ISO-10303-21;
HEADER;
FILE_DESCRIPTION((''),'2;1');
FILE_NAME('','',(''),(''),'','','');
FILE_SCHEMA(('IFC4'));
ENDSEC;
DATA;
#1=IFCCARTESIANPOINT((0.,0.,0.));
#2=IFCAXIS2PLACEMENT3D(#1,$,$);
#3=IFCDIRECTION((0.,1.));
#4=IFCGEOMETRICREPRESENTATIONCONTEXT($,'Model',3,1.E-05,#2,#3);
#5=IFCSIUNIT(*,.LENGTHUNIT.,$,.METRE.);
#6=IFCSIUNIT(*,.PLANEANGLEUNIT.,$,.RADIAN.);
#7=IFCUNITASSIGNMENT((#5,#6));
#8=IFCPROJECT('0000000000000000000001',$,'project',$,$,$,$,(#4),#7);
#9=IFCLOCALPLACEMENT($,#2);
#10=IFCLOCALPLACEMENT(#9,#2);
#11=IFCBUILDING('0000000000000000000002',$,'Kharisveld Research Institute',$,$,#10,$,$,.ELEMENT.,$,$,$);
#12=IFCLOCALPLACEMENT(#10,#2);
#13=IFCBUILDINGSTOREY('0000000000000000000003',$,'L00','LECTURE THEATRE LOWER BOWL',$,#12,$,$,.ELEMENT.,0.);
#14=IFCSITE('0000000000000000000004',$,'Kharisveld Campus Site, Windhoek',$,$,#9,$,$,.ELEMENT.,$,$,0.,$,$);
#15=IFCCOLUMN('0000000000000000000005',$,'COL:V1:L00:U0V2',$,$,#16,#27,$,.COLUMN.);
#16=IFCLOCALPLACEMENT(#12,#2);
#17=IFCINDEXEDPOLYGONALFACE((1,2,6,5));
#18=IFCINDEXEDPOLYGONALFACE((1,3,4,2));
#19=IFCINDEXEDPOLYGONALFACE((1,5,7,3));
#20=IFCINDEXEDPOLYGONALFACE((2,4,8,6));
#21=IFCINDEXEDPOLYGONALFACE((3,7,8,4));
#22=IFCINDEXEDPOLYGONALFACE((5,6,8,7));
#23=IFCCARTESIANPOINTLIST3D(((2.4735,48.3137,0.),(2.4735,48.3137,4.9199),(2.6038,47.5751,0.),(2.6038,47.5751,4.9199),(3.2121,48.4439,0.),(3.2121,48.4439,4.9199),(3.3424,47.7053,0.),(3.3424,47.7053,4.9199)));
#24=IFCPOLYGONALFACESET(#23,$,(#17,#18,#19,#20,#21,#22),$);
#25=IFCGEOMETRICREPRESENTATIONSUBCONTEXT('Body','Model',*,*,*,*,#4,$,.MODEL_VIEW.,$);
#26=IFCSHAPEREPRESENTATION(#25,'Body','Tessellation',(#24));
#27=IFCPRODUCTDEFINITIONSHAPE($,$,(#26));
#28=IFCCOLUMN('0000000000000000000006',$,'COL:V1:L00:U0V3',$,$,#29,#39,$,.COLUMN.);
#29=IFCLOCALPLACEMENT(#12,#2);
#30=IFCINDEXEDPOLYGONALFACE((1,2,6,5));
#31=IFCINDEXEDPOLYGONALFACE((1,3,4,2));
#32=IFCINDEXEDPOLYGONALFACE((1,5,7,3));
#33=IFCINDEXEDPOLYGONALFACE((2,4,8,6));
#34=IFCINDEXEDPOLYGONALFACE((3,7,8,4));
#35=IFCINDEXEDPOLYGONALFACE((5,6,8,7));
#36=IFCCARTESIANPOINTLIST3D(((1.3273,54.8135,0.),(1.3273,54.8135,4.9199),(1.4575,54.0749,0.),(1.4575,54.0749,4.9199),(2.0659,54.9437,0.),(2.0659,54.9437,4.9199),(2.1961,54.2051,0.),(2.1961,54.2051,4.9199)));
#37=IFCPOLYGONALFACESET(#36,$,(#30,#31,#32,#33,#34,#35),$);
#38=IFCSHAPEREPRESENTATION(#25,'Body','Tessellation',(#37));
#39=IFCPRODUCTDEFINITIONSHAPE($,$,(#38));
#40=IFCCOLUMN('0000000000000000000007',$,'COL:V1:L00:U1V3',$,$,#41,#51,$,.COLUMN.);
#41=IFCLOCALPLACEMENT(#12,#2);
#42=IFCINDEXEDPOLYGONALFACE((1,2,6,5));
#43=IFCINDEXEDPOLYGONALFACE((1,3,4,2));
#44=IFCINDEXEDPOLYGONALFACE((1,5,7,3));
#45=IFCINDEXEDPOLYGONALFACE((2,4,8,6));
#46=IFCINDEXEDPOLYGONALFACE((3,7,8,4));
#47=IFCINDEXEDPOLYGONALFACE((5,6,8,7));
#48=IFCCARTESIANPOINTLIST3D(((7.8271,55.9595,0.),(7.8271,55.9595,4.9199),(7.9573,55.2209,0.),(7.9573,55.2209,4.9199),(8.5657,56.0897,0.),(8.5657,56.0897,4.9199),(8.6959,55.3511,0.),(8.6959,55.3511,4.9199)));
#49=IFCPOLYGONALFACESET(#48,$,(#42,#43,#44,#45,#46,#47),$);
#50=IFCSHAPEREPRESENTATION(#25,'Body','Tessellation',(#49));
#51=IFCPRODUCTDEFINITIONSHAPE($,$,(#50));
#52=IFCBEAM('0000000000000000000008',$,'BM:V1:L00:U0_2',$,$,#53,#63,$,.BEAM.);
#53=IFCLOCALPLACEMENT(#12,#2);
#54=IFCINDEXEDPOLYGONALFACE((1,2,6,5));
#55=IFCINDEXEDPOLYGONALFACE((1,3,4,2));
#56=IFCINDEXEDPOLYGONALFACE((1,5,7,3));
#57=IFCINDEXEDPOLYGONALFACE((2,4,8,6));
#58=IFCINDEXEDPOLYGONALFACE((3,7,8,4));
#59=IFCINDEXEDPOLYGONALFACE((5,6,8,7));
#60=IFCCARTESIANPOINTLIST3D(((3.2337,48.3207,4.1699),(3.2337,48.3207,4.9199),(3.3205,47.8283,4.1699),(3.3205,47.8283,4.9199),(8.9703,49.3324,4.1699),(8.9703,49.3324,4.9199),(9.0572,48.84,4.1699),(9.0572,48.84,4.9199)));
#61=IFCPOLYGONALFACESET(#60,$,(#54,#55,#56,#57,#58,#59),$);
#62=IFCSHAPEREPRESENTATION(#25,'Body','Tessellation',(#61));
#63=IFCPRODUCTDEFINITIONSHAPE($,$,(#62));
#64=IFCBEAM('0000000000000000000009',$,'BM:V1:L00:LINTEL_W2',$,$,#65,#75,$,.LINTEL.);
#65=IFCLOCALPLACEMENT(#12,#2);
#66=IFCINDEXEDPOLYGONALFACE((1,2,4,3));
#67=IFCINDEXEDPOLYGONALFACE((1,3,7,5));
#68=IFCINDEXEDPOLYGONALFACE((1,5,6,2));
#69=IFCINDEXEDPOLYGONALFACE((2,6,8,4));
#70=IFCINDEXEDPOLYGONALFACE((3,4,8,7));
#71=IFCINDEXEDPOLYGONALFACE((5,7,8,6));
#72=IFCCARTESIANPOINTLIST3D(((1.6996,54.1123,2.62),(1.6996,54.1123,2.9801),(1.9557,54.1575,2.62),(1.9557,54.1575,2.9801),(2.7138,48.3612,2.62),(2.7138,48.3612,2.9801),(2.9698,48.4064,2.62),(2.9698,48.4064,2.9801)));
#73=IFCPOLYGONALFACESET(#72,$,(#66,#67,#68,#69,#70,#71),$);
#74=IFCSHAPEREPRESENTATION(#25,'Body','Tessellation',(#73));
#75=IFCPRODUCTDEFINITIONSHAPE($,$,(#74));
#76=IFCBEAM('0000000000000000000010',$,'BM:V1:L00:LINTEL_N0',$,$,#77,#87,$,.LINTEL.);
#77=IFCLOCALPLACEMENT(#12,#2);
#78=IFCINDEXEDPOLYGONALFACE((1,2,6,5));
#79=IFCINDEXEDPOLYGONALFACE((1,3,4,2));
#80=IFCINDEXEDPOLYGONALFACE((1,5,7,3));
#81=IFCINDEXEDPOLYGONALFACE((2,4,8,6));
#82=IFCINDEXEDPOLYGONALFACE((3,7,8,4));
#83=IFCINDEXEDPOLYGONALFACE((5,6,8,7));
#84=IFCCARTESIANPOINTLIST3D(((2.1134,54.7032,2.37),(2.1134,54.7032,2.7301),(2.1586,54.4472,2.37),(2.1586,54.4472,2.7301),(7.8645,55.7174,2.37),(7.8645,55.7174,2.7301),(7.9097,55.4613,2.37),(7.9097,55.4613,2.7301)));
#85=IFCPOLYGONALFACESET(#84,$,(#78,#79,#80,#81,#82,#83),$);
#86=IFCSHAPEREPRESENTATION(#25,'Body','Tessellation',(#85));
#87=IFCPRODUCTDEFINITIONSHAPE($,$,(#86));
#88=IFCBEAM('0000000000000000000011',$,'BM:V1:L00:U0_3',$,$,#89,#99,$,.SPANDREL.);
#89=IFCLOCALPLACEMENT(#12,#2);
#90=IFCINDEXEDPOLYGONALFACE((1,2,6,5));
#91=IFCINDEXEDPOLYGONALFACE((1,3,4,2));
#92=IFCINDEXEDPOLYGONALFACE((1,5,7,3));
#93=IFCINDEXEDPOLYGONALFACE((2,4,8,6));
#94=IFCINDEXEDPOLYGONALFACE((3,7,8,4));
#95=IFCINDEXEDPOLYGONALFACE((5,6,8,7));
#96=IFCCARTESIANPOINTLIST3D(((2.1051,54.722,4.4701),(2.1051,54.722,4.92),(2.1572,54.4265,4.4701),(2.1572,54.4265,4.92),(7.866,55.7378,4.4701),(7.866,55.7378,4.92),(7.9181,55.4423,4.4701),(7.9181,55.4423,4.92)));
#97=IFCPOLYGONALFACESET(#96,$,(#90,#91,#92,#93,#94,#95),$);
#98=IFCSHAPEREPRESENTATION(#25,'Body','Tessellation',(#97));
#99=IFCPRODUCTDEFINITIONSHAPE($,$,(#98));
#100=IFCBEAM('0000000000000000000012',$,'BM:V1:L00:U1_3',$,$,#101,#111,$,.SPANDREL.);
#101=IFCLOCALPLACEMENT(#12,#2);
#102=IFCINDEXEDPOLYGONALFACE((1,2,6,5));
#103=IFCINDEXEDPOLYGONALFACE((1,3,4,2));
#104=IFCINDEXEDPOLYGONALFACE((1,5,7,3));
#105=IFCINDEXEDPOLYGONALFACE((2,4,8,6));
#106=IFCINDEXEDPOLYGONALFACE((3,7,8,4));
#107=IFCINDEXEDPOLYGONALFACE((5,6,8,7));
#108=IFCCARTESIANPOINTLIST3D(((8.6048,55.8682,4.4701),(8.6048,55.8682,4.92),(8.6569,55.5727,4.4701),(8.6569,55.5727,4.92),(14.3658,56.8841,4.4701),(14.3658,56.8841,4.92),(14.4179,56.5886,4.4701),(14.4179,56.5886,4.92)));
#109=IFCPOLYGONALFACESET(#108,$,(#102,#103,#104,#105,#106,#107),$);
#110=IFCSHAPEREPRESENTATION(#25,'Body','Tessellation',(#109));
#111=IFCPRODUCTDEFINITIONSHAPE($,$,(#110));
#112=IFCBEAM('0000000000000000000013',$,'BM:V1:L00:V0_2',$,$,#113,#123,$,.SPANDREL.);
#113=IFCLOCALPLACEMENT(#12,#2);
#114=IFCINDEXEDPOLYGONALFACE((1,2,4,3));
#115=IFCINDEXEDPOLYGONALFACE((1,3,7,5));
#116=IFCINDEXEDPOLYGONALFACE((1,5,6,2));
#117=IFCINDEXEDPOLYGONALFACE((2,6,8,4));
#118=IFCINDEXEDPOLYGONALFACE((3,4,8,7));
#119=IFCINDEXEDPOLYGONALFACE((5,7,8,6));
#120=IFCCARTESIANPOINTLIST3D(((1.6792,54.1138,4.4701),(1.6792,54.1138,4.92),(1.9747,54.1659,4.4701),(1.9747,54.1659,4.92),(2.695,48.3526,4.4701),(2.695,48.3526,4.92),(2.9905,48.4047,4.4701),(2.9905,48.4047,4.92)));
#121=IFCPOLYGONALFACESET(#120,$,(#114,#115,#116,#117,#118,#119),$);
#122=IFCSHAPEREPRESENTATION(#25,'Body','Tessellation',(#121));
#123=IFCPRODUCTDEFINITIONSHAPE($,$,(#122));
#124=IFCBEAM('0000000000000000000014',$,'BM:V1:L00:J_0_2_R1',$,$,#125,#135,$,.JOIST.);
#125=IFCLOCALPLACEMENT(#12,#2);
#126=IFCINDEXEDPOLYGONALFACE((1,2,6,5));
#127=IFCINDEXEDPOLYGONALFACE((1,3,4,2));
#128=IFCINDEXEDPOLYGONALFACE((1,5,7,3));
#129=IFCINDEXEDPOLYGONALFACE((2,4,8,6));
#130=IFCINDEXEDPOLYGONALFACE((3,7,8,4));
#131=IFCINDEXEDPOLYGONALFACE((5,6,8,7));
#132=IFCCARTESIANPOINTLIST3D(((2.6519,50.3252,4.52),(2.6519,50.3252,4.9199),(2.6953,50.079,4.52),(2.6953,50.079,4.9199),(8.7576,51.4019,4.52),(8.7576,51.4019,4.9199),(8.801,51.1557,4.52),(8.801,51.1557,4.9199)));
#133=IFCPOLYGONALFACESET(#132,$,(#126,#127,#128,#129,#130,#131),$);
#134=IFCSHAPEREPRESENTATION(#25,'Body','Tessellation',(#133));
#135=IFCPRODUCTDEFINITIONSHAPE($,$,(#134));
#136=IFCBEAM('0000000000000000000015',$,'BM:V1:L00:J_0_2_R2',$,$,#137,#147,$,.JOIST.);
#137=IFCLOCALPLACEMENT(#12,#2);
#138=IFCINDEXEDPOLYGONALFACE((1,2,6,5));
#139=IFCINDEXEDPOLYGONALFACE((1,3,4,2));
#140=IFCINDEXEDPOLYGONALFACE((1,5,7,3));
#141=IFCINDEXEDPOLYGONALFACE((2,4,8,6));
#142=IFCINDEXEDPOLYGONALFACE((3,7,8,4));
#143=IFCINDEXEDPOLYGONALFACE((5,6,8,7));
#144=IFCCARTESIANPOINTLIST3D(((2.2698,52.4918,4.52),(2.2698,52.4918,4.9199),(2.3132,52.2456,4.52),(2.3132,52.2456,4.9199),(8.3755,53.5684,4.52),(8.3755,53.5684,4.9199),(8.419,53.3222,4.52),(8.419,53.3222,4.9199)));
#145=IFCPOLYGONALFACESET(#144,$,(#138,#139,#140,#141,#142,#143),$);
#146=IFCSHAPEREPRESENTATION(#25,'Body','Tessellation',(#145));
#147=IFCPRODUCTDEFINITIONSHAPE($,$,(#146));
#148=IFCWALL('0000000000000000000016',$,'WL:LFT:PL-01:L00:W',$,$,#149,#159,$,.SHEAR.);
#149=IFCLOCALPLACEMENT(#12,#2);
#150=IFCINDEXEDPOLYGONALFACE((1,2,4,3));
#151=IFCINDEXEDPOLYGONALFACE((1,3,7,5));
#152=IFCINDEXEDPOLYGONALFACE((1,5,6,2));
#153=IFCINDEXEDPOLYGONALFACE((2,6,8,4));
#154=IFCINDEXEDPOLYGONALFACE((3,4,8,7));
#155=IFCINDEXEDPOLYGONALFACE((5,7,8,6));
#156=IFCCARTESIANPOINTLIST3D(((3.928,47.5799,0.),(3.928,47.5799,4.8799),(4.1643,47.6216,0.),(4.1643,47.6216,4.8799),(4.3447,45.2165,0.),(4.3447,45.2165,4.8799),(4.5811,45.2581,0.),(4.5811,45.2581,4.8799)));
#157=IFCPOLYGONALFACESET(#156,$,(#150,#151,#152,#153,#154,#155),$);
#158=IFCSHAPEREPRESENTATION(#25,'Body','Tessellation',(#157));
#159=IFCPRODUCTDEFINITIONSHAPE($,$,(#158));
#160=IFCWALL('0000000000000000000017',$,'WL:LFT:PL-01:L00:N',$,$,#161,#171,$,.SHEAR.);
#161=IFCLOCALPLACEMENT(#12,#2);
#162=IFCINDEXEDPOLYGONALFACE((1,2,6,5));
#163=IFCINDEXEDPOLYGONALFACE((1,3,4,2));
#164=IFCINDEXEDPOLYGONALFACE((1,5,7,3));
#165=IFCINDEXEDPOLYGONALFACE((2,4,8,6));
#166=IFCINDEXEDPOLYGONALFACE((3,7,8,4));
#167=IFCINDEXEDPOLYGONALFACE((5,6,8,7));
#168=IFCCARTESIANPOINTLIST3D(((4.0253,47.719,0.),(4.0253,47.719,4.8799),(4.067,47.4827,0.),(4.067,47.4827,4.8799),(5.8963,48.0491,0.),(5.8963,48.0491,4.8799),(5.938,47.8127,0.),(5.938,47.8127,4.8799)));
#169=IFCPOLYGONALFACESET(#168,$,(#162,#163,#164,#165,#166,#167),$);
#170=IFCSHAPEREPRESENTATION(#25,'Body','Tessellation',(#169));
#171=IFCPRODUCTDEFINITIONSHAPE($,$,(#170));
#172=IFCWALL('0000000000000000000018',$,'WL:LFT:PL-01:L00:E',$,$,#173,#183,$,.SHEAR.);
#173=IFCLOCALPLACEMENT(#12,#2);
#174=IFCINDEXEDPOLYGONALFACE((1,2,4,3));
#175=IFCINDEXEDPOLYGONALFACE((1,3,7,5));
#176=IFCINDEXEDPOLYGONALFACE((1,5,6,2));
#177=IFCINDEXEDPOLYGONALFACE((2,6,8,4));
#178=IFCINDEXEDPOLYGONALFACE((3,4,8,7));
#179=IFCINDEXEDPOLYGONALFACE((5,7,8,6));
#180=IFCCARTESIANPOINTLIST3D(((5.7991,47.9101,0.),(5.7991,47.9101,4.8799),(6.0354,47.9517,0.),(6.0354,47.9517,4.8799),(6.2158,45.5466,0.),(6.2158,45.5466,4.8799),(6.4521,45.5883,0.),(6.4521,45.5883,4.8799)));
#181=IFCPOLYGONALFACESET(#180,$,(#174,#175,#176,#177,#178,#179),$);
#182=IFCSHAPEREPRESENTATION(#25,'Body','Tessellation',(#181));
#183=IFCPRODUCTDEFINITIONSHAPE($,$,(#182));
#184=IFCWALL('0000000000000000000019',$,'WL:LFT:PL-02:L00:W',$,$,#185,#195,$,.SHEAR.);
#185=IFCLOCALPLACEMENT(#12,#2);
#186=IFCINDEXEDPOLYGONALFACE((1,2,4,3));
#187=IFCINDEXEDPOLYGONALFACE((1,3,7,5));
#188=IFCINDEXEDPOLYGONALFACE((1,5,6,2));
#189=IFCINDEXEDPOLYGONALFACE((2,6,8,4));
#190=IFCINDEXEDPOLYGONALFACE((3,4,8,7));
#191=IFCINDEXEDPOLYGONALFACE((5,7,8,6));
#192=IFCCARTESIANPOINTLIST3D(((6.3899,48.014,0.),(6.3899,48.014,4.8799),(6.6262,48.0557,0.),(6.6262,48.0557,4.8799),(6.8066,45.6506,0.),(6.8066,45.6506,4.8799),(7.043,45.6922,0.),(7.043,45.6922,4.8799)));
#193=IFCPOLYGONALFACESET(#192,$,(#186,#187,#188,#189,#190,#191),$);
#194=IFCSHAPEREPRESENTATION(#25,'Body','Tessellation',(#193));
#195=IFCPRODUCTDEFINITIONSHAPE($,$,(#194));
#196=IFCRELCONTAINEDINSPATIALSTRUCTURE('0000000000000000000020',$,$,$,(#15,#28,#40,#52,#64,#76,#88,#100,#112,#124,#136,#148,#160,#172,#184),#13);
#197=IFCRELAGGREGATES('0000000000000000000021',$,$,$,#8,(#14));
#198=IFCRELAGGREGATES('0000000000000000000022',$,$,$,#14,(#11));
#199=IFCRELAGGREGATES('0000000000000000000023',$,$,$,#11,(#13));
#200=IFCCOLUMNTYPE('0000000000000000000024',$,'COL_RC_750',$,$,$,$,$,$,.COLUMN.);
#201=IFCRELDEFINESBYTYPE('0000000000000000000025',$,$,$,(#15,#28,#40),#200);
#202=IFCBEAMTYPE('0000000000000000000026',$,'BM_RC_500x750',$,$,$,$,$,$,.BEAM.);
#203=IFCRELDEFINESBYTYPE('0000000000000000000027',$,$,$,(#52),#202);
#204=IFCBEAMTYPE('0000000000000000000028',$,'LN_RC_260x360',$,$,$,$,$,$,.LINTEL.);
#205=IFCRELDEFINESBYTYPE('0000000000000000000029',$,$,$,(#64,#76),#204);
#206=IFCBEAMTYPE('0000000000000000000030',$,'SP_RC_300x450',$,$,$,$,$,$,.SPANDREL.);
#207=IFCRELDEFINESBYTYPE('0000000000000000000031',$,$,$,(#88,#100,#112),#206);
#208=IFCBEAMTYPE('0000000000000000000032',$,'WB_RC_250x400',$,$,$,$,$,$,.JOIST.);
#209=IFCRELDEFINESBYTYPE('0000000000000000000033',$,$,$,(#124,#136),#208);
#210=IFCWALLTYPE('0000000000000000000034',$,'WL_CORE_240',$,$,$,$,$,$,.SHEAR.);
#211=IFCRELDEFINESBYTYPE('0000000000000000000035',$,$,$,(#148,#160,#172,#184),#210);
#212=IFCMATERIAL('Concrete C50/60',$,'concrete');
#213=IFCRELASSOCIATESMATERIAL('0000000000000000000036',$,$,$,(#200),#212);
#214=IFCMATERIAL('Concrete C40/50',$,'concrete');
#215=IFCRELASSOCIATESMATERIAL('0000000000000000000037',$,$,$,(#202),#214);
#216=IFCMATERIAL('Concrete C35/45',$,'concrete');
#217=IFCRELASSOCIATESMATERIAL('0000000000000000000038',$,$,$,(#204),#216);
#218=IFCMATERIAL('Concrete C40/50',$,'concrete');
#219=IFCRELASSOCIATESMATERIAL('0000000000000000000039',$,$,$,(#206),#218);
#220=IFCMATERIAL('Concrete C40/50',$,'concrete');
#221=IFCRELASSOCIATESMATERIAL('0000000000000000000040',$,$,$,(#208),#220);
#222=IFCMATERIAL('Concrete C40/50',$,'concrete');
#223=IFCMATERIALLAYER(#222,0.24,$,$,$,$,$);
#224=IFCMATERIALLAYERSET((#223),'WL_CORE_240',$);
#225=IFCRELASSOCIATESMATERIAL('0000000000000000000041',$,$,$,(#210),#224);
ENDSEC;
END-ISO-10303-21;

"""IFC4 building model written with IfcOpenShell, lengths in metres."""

from ifc_helpers import new_model, si_unit, direction, frame, frame_2d, origin, origin_2d, place, context, subcontext, project, spatial, rectangle, extrude, material, layer, layer_set, material_profile, profile_set, type_object, element, save


model = new_model("IFC4")

# Units and contexts
model_context = context("Model", 3, precision=1e-05, world=origin(), true_north=direction((0.0, 1.0)))
body_context = subcontext(model_context, "Body", "Model", "MODEL_VIEW")
ifc_project = project(units=[si_unit("LENGTHUNIT", "METRE"), si_unit("PLANEANGLEUNIT", "RADIAN")], contexts=[model_context])

# Site, building, storey
site_placement = place(None, origin())
site = spatial("IfcSite", under=ifc_project, at=site_placement, Name="Kharisveld Campus Site, Windhoek", CompositionType="ELEMENT", RefElevation=0.0)
building_placement = place(site_placement, origin())
building = spatial("IfcBuilding", under=site, at=building_placement, Name="Kharisveld Research Institute", CompositionType="ELEMENT")
storey_placement = place(building_placement, origin())
storey = spatial("IfcBuildingStorey", under=building, at=storey_placement, Name="L00", Description="LECTURE THEATRE LOWER BOWL", CompositionType="ELEMENT", Elevation=0.0)

# Columns
ifc_material_1 = material(Name="Concrete C50/60", Category="concrete")
ifc_material_profile_1 = material_profile(ifc_material_1, rectangle(XDim=0.75, YDim=0.75, at=origin_2d()))
ifc_profile_set_1 = profile_set([ifc_material_profile_1], Name="Concrete C50/60")
column_type = type_object("IfcColumnType", Name="COL_RC_750", PredefinedType="COLUMN", material=ifc_profile_set_1)
for number, where, z_axis, x_axis, name in (
    (1, (2.908, 48.0095, 0.0), (0.0, 0.0, 1.0), (0.984808, 0.173648, 0.0), "COL:V1:L00:U0V2"),
    (2, (1.7617, 54.5093, 0.0), (0.0, 0.0, 1.0), (0.984808, 0.173648, 0.0), "COL:V1:L00:U0V3"),
    (3, (8.2615, 55.6553, 0.0), (0.0, 0.0, 1.0), (0.984808, 0.173648, 0.0), "COL:V1:L00:U1V3"),
):
    element("IfcColumn", number, at=place(storey_placement, frame(where, z_axis=z_axis, x_axis=x_axis)), inside=storey, type_object=column_type, Name=name, PredefinedType="COLUMN", context=body_context, shape_type="SweptSolid", body=[
        extrude(rectangle(XDim=0.75, YDim=0.75, at=origin_2d()), origin(), (0.0, 0.0, 1.0), 4.9199),
    ])

# Beams
ifc_material_2 = material(Name="Concrete C40/50", Category="concrete")
ifc_material_profile_2 = material_profile(ifc_material_2, rectangle(XDim=0.5, YDim=0.75, at=origin_2d()))
ifc_profile_set_2 = profile_set([ifc_material_profile_2], Name="Concrete C40/50")
beam_type_1 = type_object("IfcBeamType", Name="BM_RC_500x750", PredefinedType="BEAM", material=ifc_profile_set_2)
beam_1_placement = place(storey_placement, frame((3.2771, 48.0745, 4.5449), z_axis=(0.984802, 0.173683, 0.0), x_axis=(-0.173683, 0.984802, 0.0)))
element("IfcBeam", 4, at=beam_1_placement, inside=storey, type_object=beam_type_1, Name="BM:V1:L00:U0_2", PredefinedType="BEAM", context=body_context, shape_type="SweptSolid", body=[
    extrude(rectangle(XDim=0.5, YDim=0.75, at=origin_2d()), origin(), (0.0, 0.0, 1.0), 5.8252),
])
ifc_material_3 = material(Name="Concrete C35/45", Category="concrete")
ifc_material_profile_3 = material_profile(ifc_material_3, rectangle(XDim=0.26, YDim=0.3601, at=origin_2d()))
ifc_profile_set_3 = profile_set([ifc_material_profile_3], Name="Concrete C35/45")
beam_type_2 = type_object("IfcBeamType", Name="LN_RC_260x360", PredefinedType="LINTEL", material=ifc_profile_set_3)
for number, where, z_axis, x_axis, name in (
    (5, (2.8418, 48.3838, 2.8), (-0.173659, 0.984806, 0.0), (-0.984806, -0.173659, 0.0), "BM:V1:L00:LINTEL_W2"),
    (6, (2.136, 54.5752, 2.55), (0.984806, 0.173659, 0.0), (-0.173659, 0.984806, 0.0), "BM:V1:L00:LINTEL_N0"),
):
    element("IfcBeam", number, at=place(storey_placement, frame(where, z_axis=z_axis, x_axis=x_axis)), inside=storey, type_object=beam_type_2, Name=name, PredefinedType="LINTEL", context=body_context, shape_type="SweptSolid", body=[
        extrude(rectangle(XDim=0.26, YDim=0.3601, at=origin_2d()), origin(), (0.0, 0.0, 1.0), 5.8398),
    ])
ifc_material_4 = material(Name="Concrete C40/50", Category="concrete")
ifc_material_profile_4 = material_profile(ifc_material_4, rectangle(XDim=0.3, YDim=0.45, at=origin_2d()))
ifc_profile_set_4 = profile_set([ifc_material_profile_4], Name="Concrete C40/50")
beam_type_3 = type_object("IfcBeamType", Name="SP_RC_300x450", PredefinedType="SPANDREL", material=ifc_profile_set_4)
for number, where, z_axis, x_axis, name in (
    (7, (2.1311, 54.5742, 4.6951), (0.984806, 0.173657, 0.0), (-0.173657, 0.984806, 0.0), "BM:V1:L00:U0_3"),
    (8, (8.6309, 55.7205, 4.6951), (0.984806, 0.173657, 0.0), (-0.173657, 0.984806, 0.0), "BM:V1:L00:U1_3"),
):
    element("IfcBeam", number, at=place(storey_placement, frame(where, z_axis=z_axis, x_axis=x_axis)), inside=storey, type_object=beam_type_3, Name=name, PredefinedType="SPANDREL", context=body_context, shape_type="SweptSolid", body=[
        extrude(rectangle(XDim=0.3, YDim=0.45, at=origin_2d()), origin(), (0.0, 0.0, 1.0), 5.8499),
    ])
beam_2_placement = place(storey_placement, frame((2.8428, 48.3787, 4.6951), z_axis=(-0.17365, 0.984807, 0.0), x_axis=(-0.984807, -0.17365, 0.0)))
element("IfcBeam", 9, at=beam_2_placement, inside=storey, type_object=beam_type_3, Name="BM:V1:L00:V0_2", PredefinedType="SPANDREL", context=body_context, shape_type="SweptSolid", body=[
    extrude(rectangle(XDim=0.3, YDim=0.45, at=origin_2d()), origin(), (0.0, 0.0, 1.0), 5.8501),
])
ifc_material_5 = material(Name="Concrete C40/50", Category="concrete")
ifc_material_profile_5 = material_profile(ifc_material_5, rectangle(XDim=0.25, YDim=0.3999, at=origin_2d()))
ifc_profile_set_5 = profile_set([ifc_material_profile_5], Name="Concrete C40/50")
beam_type_4 = type_object("IfcBeamType", Name="WB_RC_250x400", PredefinedType="JOIST", material=ifc_profile_set_5)
for number, where, z_axis, x_axis, name in (
    (10, (2.6736, 50.2021, 4.72), (0.984806, 0.173657, 0.0), (-0.173657, 0.984806, 0.0), "BM:V1:L00:J_0_2_R1"),
    (11, (2.2915, 52.3687, 4.72), (0.984806, 0.173657, 0.0), (-0.173657, 0.984806, 0.0), "BM:V1:L00:J_0_2_R2"),
):
    element("IfcBeam", number, at=place(storey_placement, frame(where, z_axis=z_axis, x_axis=x_axis)), inside=storey, type_object=beam_type_4, Name=name, PredefinedType="JOIST", context=body_context, shape_type="SweptSolid", body=[
        extrude(rectangle(XDim=0.25, YDim=0.3999, at=origin_2d()), origin(), (0.0, 0.0, 1.0), 6.2),
    ])

# Walls
ifc_material_6 = material(Name="Concrete C40/50", Category="concrete")
ifc_layer_1 = layer(ifc_material_6, 0.24)
ifc_layer_set_1 = layer_set([ifc_layer_1], Name="WL_CORE_240")
wall_type_1 = type_object("IfcWallType", Name="WL_CORE_240", PredefinedType="SHEAR", material=ifc_layer_set_1)
wall_1_placement = place(storey_placement, frame((4.4629, 45.2373, 0.0), z_axis=(0.0, 0.0, 1.0), x_axis=(-0.173646, 0.984808, 0.0)))
element("IfcWall", 12, at=wall_1_placement, inside=storey, type_object=wall_type_1, Name="WL:LFT:PL-01:L00:W", PredefinedType="SHEAR", context=body_context, shape_type="SweptSolid", body=[
    extrude(rectangle(XDim=2.3999, YDim=0.24, at=frame_2d((1.2, 0.0))), origin(), (0.0, 0.0, 1.0), 4.8799),
])
wall_2_placement = place(storey_placement, frame((4.0461, 47.6008, 0.0), z_axis=(0.0, 0.0, 1.0), x_axis=(0.984794, 0.173727, 0.0)))
element("IfcWall", 13, at=wall_2_placement, inside=storey, type_object=wall_type_1, Name="WL:LFT:PL-01:L00:N", PredefinedType="SHEAR", context=body_context, shape_type="SweptSolid", body=[
    extrude(rectangle(XDim=1.8999, YDim=0.24, at=frame_2d((0.95, 0.0))), origin(), (0.0, 0.0, 1.0), 4.8799),
])
wall_3_placement = place(storey_placement, frame((5.9172, 47.9309, 0.0), z_axis=(0.0, 0.0, 1.0), x_axis=(0.173646, -0.984808, 0.0)))
element("IfcWall", 14, at=wall_3_placement, inside=storey, type_object=wall_type_1, Name="WL:LFT:PL-01:L00:E", PredefinedType="SHEAR", context=body_context, shape_type="SweptSolid", body=[
    extrude(rectangle(XDim=2.3999, YDim=0.24, at=frame_2d((1.2, 0.0))), origin(), (0.0, 0.0, 1.0), 4.8799),
])

# Wall
wall_4_placement = place(storey_placement, frame((6.9248, 45.6714, 0.0), z_axis=(0.0, 0.0, 1.0), x_axis=(-0.173646, 0.984808, 0.0)))
element("IfcWall", 15, at=wall_4_placement, inside=storey, type_object=wall_type_1, Name="WL:LFT:PL-02:L00:W", PredefinedType="SHEAR", context=body_context, shape_type="SweptSolid", body=[
    extrude(rectangle(XDim=2.3999, YDim=0.24, at=frame_2d((1.2, 0.0))), origin(), (0.0, 0.0, 1.0), 4.8799),
])

save(model, "model.ifc")
